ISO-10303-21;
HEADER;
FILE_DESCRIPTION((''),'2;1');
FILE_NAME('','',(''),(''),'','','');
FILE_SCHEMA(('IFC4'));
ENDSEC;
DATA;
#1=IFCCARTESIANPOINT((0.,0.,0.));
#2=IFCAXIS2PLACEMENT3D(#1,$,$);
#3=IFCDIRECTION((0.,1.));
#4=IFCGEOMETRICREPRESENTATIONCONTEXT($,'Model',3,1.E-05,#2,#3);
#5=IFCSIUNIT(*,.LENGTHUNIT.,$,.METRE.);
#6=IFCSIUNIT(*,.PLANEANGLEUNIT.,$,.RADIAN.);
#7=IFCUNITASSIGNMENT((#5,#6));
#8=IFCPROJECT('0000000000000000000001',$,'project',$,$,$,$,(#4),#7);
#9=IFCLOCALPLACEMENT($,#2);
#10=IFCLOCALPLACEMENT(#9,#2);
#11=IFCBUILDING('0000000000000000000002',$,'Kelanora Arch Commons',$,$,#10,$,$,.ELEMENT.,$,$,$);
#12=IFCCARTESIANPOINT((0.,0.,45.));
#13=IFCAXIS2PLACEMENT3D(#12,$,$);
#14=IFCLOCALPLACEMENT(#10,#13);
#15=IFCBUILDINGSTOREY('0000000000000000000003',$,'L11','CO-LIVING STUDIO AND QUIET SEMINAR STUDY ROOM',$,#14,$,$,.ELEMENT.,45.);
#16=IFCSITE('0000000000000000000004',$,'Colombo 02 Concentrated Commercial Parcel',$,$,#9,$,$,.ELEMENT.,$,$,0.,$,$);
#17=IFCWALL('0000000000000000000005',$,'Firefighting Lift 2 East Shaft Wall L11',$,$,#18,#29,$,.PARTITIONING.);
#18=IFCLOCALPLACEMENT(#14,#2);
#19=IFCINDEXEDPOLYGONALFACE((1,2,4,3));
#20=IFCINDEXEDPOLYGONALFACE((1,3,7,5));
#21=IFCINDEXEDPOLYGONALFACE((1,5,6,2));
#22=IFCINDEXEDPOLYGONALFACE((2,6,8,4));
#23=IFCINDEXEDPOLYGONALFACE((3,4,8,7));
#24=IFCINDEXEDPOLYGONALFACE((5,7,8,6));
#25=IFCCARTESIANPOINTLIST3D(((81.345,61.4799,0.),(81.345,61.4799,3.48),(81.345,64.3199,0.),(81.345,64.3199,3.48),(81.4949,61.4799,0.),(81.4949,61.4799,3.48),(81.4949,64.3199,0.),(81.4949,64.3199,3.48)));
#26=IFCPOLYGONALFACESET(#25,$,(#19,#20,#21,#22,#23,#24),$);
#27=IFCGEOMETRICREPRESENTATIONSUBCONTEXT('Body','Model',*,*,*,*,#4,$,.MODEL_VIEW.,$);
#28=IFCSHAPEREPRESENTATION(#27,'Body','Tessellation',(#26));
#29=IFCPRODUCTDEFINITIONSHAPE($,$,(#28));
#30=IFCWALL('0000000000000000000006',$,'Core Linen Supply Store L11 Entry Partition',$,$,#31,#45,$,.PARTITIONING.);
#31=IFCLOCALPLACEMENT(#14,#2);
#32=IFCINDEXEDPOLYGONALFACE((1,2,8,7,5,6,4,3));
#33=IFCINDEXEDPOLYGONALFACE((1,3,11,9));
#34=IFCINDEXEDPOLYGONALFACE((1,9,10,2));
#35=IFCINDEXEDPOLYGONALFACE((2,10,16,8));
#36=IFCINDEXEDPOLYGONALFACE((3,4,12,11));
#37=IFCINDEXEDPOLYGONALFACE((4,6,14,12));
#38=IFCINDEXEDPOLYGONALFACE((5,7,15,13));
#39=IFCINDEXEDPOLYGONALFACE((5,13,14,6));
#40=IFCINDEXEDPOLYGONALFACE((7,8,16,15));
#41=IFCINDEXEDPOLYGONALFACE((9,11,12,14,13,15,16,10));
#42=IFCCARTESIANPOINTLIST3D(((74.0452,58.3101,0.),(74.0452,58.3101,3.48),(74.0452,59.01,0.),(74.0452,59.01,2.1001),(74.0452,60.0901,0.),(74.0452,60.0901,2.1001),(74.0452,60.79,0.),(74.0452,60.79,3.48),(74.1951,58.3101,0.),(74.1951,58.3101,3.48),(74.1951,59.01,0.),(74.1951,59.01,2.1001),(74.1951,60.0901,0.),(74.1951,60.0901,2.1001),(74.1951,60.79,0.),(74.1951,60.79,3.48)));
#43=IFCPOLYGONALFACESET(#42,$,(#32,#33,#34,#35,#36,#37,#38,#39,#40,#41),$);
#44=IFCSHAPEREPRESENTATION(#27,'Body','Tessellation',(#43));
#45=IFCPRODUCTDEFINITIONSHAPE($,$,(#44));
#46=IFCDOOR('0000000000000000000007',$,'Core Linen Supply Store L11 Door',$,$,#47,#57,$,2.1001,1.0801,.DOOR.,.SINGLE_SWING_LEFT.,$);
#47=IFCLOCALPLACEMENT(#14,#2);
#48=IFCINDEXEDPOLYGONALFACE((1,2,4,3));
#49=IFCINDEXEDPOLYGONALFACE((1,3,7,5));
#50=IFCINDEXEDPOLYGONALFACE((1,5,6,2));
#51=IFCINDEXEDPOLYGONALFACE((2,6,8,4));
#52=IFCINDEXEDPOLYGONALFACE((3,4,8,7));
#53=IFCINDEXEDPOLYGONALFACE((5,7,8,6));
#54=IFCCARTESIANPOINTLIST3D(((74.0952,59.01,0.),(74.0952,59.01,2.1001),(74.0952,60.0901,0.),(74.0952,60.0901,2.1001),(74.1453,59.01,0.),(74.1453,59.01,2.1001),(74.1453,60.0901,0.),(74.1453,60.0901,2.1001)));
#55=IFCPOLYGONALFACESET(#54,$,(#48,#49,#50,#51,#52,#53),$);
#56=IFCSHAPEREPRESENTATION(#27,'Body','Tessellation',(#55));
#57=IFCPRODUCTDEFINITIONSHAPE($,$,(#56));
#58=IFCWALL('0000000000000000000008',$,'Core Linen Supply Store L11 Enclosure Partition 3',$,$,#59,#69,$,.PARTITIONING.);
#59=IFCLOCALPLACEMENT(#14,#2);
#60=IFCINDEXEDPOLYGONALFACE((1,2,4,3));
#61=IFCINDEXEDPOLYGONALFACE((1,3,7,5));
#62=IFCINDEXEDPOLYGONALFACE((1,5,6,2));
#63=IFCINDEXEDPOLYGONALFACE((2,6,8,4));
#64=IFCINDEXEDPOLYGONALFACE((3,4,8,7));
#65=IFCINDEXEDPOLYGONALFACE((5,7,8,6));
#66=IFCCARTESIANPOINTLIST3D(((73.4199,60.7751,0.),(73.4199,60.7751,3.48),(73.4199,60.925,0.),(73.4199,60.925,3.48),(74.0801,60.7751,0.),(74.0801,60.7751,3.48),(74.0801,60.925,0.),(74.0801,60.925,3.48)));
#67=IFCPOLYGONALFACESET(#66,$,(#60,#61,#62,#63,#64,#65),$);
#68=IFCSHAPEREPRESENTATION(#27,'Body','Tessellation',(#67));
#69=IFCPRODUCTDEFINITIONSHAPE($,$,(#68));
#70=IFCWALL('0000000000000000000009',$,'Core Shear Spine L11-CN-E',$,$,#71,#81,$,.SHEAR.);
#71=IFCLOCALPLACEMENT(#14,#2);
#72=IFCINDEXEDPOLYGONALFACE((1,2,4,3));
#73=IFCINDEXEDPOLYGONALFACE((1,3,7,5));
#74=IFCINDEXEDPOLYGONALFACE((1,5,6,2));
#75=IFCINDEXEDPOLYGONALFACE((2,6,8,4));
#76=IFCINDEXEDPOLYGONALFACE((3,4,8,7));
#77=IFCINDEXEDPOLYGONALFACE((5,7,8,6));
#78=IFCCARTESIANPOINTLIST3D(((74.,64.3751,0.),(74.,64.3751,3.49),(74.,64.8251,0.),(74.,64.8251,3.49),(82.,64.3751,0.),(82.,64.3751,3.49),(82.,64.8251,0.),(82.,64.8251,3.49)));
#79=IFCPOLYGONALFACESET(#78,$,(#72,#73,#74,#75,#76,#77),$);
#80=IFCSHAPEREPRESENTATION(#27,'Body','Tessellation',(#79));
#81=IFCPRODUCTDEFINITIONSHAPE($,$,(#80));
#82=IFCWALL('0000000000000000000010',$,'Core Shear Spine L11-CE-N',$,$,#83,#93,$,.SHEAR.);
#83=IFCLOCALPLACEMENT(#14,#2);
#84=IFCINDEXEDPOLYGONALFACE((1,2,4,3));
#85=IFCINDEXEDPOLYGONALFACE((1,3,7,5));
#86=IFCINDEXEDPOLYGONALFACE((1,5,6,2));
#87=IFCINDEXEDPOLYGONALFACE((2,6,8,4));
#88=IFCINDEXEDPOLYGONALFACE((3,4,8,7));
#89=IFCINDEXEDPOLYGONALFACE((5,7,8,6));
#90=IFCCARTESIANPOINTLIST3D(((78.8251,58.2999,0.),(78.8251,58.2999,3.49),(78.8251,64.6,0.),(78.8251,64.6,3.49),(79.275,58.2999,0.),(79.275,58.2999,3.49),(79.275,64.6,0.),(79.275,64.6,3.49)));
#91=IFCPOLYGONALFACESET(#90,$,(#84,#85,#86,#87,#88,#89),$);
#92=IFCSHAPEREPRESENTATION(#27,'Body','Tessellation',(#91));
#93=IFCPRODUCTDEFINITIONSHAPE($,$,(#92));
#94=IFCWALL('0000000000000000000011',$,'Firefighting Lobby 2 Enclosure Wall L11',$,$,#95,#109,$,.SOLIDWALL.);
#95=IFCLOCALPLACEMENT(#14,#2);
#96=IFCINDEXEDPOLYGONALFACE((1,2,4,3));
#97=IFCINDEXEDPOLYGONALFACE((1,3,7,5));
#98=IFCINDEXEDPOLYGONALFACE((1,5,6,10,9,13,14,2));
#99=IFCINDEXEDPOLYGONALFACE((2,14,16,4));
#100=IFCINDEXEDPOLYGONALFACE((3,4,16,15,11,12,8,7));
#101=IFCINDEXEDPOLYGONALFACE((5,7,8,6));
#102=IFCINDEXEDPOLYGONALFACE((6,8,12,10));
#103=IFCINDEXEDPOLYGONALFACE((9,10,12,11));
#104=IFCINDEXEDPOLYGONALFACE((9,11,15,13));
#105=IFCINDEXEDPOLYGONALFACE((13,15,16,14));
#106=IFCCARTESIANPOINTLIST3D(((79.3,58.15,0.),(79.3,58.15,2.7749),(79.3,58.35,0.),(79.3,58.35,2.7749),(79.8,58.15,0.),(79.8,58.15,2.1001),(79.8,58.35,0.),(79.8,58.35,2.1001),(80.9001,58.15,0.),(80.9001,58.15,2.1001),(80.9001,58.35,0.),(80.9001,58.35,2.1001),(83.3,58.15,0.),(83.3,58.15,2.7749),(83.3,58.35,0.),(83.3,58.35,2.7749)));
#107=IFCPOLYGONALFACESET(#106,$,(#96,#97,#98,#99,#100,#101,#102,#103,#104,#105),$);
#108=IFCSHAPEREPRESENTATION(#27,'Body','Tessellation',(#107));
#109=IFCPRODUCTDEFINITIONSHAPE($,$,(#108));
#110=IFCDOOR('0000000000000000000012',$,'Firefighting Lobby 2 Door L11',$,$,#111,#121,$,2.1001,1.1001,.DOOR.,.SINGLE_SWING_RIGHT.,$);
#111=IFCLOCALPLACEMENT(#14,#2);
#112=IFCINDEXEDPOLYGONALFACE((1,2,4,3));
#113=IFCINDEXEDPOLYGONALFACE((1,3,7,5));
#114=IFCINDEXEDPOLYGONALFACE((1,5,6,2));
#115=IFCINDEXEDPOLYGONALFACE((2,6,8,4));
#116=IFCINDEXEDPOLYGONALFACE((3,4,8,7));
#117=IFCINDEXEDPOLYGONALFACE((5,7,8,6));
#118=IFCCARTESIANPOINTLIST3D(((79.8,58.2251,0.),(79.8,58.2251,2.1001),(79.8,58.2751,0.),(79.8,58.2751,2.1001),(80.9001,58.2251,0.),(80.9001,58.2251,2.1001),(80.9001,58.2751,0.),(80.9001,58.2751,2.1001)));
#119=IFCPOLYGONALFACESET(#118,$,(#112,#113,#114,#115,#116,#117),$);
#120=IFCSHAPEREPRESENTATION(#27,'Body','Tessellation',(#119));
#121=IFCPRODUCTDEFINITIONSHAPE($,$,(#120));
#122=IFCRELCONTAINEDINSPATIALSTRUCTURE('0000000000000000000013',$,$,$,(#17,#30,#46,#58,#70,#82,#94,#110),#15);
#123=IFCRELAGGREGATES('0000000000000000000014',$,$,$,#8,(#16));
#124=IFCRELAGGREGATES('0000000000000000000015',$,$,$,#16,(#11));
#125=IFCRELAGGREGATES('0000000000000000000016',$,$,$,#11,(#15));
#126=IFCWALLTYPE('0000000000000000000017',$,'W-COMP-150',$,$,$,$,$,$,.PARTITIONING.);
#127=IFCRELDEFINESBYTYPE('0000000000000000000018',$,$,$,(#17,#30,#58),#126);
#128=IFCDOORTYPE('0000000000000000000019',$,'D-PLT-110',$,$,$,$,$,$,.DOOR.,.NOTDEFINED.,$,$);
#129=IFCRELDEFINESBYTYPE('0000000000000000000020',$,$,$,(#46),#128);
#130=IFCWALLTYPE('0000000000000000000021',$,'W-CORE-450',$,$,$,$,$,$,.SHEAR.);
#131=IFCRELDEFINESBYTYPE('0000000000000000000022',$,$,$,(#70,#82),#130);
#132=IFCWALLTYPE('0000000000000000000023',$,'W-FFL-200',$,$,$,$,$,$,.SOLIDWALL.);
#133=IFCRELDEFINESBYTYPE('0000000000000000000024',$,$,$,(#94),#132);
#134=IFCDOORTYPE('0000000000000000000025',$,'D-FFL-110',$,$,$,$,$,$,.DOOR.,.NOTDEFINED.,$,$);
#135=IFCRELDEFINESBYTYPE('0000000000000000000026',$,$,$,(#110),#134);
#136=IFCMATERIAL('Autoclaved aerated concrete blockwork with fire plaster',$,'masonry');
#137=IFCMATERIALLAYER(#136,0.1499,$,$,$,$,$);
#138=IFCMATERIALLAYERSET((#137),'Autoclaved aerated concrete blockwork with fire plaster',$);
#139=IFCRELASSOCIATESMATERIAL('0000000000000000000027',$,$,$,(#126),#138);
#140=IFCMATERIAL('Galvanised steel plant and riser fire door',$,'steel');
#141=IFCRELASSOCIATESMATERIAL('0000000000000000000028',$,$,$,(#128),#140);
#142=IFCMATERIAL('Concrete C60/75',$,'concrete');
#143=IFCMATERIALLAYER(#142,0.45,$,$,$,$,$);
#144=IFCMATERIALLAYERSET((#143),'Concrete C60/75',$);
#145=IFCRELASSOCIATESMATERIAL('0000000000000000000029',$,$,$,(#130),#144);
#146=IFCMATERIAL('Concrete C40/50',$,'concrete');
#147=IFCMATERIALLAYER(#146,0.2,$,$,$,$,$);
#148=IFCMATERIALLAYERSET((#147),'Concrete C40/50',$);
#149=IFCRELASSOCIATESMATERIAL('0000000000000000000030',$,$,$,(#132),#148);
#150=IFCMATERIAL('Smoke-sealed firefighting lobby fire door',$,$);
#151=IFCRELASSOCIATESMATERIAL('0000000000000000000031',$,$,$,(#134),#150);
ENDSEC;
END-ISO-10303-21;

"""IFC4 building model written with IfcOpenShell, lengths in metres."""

from ifc_helpers import new_model, si_unit, direction, frame, frame_2d, origin, place, context, subcontext, project, spatial, rectangle, extrude, material, layer, layer_set, type_object, element, fill, save


model = new_model("IFC4")

# Units and contexts
model_context = context("Model", 3, precision=1e-05, world=origin(), true_north=direction((0.0, 1.0)))
body_context = subcontext(model_context, "Body", "Model", "MODEL_VIEW")
ifc_project = project(units=[si_unit("LENGTHUNIT", "METRE"), si_unit("PLANEANGLEUNIT", "RADIAN")], contexts=[model_context])

# Site, building, storey
site_placement = place(None, origin())
site = spatial("IfcSite", under=ifc_project, at=site_placement, Name="Colombo 02 Concentrated Commercial Parcel", CompositionType="ELEMENT", RefElevation=0.0)
building_placement = place(site_placement, origin())
building = spatial("IfcBuilding", under=site, at=building_placement, Name="Kelanora Arch Commons", CompositionType="ELEMENT")
storey_placement = place(building_placement, frame((0.0, 0.0, 45.0)))
storey = spatial("IfcBuildingStorey", under=building, at=storey_placement, Name="L11", Description="CO-LIVING STUDIO AND QUIET SEMINAR STUDY ROOM", CompositionType="ELEMENT", Elevation=45.0)

# Shared definitions
ifc_material_1 = material(Name="Concrete C60/75", Category="concrete")

# Wall
ifc_material_2 = material(Name="Autoclaved aerated concrete blockwork with fire plaster", Category="masonry")
ifc_layer_1 = layer(ifc_material_2, 0.1499)
ifc_layer_set_1 = layer_set([ifc_layer_1], Name="Autoclaved aerated concrete blockwork with fire plaster")
wall_type_1 = type_object("IfcWallType", Name="W-COMP-150", PredefinedType="PARTITIONING", material=ifc_layer_set_1)
for number, where, z_axis, x_axis, name in (
    (1, (81.4199, 61.48, 0.0), (0.0, 0.0, 1.0), (0.0, 1.0, 0.0), "Firefighting Lift 2 East Shaft Wall L11"),
):
    element("IfcWall", number, at=place(storey_placement, frame(where, z_axis=z_axis, x_axis=x_axis)), inside=storey, type_object=wall_type_1, Name=name, PredefinedType="PARTITIONING", context=body_context, shape_type="SweptSolid", body=[
        extrude(rectangle(XDim=2.8401, YDim=0.1499, at=frame_2d((1.4199, 0.0))), origin(), (0.0, 0.0, 1.0), 3.48),
    ])

# Wall, opening, door
wall_1_placement = place(storey_placement, frame((74.1201, 58.3101, 0.0), z_axis=(0.0, 0.0, 1.0), x_axis=(0.0, 1.0, 0.0)))
wall_1 = element("IfcWall", 2, at=wall_1_placement, inside=storey, type_object=wall_type_1, Name="Core Linen Supply Store L11 Entry Partition", PredefinedType="PARTITIONING", context=body_context, shape_type="SweptSolid", body=[
    extrude(rectangle(XDim=2.48, YDim=0.1499, at=frame_2d((1.24, 0.0))), origin(), (0.0, 0.0, 1.0), 3.48),
])
opening_1_placement = place(wall_1_placement, frame((0.7, 0.0, 0.0)))
opening_1 = element("IfcOpeningElement", 3, at=opening_1_placement, cuts=wall_1, PredefinedType="OPENING", context=body_context, shape_type="SweptSolid", body=[
    extrude(rectangle(XDim=1.0801, YDim=2.1001, at=frame_2d((0.54, 1.05))), frame((0.0, 0.085, 0.0), z_axis=(0.0, -1.0, 0.0), x_axis=(1.0, 0.0, 0.0)), (0.0, 0.0, 1.0), 0.1699),
])
ifc_material_3 = material(Name="Galvanised steel plant and riser fire door", Category="steel")
door_type_1 = type_object("IfcDoorType", Name="D-PLT-110", OperationType="NOTDEFINED", PredefinedType="DOOR", material=ifc_material_3)
door_1_placement = place(opening_1_placement, origin())
door_1 = element("IfcDoor", 4, at=door_1_placement, inside=storey, type_object=door_type_1, Name="Core Linen Supply Store L11 Door", OperationType="SINGLE_SWING_LEFT", OverallHeight=2.1001, OverallWidth=1.0801, PredefinedType="DOOR", context=body_context, shape_type="SweptSolid", body=[
    extrude(rectangle(XDim=1.0801, YDim=2.1001, at=frame_2d((0.54, 1.05))), frame((0.0, 0.0249, 0.0), z_axis=(0.0, -1.0, 0.0), x_axis=(1.0, 0.0, 0.0)), (0.0, 0.0, 1.0), 0.05),
])
fill(opening_1, door_1)

# Walls
wall_2_placement = place(storey_placement, frame((74.0801, 60.8501, 0.0), z_axis=(0.0, 0.0, 1.0), x_axis=(-1.0, 0.0, 0.0)))
element("IfcWall", 5, at=wall_2_placement, inside=storey, type_object=wall_type_1, Name="Core Linen Supply Store L11 Enclosure Partition 3", PredefinedType="PARTITIONING", context=body_context, shape_type="SweptSolid", body=[
    extrude(rectangle(XDim=0.6602, YDim=0.1499, at=frame_2d((0.3301, 0.0))), origin(), (0.0, 0.0, 1.0), 3.48),
])
ifc_layer_2 = layer(ifc_material_1, 0.45)
ifc_layer_set_2 = layer_set([ifc_layer_2], Name="Concrete C60/75")
wall_type_2 = type_object("IfcWallType", Name="W-CORE-450", PredefinedType="SHEAR", material=ifc_layer_set_2)
wall_3_placement = place(storey_placement, frame((74.0, 64.6001, 0.0), z_axis=(0.0, 0.0, 1.0), x_axis=(1.0, 0.0, 0.0)))
element("IfcWall", 6, at=wall_3_placement, inside=storey, type_object=wall_type_2, Name="Core Shear Spine L11-CN-E", PredefinedType="SHEAR", context=body_context, shape_type="SweptSolid", body=[
    extrude(rectangle(XDim=8.0, YDim=0.45, at=frame_2d((4.0, 0.0))), origin(), (0.0, 0.0, 1.0), 3.49),
])
wall_4_placement = place(storey_placement, frame((79.05, 58.3, 0.0), z_axis=(0.0, 0.0, 1.0), x_axis=(0.0, 1.0, 0.0)))
element("IfcWall", 7, at=wall_4_placement, inside=storey, type_object=wall_type_2, Name="Core Shear Spine L11-CE-N", PredefinedType="SHEAR", context=body_context, shape_type="SweptSolid", body=[
    extrude(rectangle(XDim=6.3, YDim=0.45, at=frame_2d((3.1499, 0.0))), origin(), (0.0, 0.0, 1.0), 3.49),
])

# Wall, opening, door
ifc_material_4 = material(Name="Concrete C40/50", Category="concrete")
ifc_layer_3 = layer(ifc_material_4, 0.2)
ifc_layer_set_3 = layer_set([ifc_layer_3], Name="Concrete C40/50")
wall_type_3 = type_object("IfcWallType", Name="W-FFL-200", PredefinedType="SOLIDWALL", material=ifc_layer_set_3)
wall_5_placement = place(storey_placement, frame((79.3, 58.25, 0.0), z_axis=(0.0, 0.0, 1.0), x_axis=(1.0, 0.0, 0.0)))
wall_5 = element("IfcWall", 8, at=wall_5_placement, inside=storey, type_object=wall_type_3, Name="Firefighting Lobby 2 Enclosure Wall L11", PredefinedType="SOLIDWALL", context=body_context, shape_type="SweptSolid", body=[
    extrude(rectangle(XDim=4.0, YDim=0.2, at=frame_2d((2.0, 0.0))), origin(), (0.0, 0.0, 1.0), 2.7749),
])
opening_2_placement = place(wall_5_placement, frame((0.5, 0.0, 0.0)))
opening_2 = element("IfcOpeningElement", 9, at=opening_2_placement, cuts=wall_5, PredefinedType="OPENING", context=body_context, shape_type="SweptSolid", body=[
    extrude(rectangle(XDim=1.1001, YDim=2.1001, at=frame_2d((0.55, 1.05))), frame((0.0, 0.1099, 0.0), z_axis=(0.0, -1.0, 0.0), x_axis=(1.0, 0.0, 0.0)), (0.0, 0.0, 1.0), 0.22),
])
ifc_material_5 = material(Name="Smoke-sealed firefighting lobby fire door")
door_type_2 = type_object("IfcDoorType", Name="D-FFL-110", OperationType="NOTDEFINED", PredefinedType="DOOR", material=ifc_material_5)
door_2_placement = place(opening_2_placement, frame((1.1001, 0.0, 0.0), z_axis=(0.0, 0.0, 1.0), x_axis=(-1.0, 0.0, 0.0)))
door_2 = element("IfcDoor", 10, at=door_2_placement, inside=storey, type_object=door_type_2, Name="Firefighting Lobby 2 Door L11", OperationType="SINGLE_SWING_RIGHT", OverallHeight=2.1001, OverallWidth=1.1001, PredefinedType="DOOR", context=body_context, shape_type="SweptSolid", body=[
    extrude(rectangle(XDim=1.1001, YDim=2.1001, at=frame_2d((0.55, 1.05))), frame((0.0, 0.0249, 0.0), z_axis=(0.0, -1.0, 0.0), x_axis=(1.0, 0.0, 0.0)), (0.0, 0.0, 1.0), 0.05),
])
fill(opening_2, door_2)

save(model, "model.ifc")
